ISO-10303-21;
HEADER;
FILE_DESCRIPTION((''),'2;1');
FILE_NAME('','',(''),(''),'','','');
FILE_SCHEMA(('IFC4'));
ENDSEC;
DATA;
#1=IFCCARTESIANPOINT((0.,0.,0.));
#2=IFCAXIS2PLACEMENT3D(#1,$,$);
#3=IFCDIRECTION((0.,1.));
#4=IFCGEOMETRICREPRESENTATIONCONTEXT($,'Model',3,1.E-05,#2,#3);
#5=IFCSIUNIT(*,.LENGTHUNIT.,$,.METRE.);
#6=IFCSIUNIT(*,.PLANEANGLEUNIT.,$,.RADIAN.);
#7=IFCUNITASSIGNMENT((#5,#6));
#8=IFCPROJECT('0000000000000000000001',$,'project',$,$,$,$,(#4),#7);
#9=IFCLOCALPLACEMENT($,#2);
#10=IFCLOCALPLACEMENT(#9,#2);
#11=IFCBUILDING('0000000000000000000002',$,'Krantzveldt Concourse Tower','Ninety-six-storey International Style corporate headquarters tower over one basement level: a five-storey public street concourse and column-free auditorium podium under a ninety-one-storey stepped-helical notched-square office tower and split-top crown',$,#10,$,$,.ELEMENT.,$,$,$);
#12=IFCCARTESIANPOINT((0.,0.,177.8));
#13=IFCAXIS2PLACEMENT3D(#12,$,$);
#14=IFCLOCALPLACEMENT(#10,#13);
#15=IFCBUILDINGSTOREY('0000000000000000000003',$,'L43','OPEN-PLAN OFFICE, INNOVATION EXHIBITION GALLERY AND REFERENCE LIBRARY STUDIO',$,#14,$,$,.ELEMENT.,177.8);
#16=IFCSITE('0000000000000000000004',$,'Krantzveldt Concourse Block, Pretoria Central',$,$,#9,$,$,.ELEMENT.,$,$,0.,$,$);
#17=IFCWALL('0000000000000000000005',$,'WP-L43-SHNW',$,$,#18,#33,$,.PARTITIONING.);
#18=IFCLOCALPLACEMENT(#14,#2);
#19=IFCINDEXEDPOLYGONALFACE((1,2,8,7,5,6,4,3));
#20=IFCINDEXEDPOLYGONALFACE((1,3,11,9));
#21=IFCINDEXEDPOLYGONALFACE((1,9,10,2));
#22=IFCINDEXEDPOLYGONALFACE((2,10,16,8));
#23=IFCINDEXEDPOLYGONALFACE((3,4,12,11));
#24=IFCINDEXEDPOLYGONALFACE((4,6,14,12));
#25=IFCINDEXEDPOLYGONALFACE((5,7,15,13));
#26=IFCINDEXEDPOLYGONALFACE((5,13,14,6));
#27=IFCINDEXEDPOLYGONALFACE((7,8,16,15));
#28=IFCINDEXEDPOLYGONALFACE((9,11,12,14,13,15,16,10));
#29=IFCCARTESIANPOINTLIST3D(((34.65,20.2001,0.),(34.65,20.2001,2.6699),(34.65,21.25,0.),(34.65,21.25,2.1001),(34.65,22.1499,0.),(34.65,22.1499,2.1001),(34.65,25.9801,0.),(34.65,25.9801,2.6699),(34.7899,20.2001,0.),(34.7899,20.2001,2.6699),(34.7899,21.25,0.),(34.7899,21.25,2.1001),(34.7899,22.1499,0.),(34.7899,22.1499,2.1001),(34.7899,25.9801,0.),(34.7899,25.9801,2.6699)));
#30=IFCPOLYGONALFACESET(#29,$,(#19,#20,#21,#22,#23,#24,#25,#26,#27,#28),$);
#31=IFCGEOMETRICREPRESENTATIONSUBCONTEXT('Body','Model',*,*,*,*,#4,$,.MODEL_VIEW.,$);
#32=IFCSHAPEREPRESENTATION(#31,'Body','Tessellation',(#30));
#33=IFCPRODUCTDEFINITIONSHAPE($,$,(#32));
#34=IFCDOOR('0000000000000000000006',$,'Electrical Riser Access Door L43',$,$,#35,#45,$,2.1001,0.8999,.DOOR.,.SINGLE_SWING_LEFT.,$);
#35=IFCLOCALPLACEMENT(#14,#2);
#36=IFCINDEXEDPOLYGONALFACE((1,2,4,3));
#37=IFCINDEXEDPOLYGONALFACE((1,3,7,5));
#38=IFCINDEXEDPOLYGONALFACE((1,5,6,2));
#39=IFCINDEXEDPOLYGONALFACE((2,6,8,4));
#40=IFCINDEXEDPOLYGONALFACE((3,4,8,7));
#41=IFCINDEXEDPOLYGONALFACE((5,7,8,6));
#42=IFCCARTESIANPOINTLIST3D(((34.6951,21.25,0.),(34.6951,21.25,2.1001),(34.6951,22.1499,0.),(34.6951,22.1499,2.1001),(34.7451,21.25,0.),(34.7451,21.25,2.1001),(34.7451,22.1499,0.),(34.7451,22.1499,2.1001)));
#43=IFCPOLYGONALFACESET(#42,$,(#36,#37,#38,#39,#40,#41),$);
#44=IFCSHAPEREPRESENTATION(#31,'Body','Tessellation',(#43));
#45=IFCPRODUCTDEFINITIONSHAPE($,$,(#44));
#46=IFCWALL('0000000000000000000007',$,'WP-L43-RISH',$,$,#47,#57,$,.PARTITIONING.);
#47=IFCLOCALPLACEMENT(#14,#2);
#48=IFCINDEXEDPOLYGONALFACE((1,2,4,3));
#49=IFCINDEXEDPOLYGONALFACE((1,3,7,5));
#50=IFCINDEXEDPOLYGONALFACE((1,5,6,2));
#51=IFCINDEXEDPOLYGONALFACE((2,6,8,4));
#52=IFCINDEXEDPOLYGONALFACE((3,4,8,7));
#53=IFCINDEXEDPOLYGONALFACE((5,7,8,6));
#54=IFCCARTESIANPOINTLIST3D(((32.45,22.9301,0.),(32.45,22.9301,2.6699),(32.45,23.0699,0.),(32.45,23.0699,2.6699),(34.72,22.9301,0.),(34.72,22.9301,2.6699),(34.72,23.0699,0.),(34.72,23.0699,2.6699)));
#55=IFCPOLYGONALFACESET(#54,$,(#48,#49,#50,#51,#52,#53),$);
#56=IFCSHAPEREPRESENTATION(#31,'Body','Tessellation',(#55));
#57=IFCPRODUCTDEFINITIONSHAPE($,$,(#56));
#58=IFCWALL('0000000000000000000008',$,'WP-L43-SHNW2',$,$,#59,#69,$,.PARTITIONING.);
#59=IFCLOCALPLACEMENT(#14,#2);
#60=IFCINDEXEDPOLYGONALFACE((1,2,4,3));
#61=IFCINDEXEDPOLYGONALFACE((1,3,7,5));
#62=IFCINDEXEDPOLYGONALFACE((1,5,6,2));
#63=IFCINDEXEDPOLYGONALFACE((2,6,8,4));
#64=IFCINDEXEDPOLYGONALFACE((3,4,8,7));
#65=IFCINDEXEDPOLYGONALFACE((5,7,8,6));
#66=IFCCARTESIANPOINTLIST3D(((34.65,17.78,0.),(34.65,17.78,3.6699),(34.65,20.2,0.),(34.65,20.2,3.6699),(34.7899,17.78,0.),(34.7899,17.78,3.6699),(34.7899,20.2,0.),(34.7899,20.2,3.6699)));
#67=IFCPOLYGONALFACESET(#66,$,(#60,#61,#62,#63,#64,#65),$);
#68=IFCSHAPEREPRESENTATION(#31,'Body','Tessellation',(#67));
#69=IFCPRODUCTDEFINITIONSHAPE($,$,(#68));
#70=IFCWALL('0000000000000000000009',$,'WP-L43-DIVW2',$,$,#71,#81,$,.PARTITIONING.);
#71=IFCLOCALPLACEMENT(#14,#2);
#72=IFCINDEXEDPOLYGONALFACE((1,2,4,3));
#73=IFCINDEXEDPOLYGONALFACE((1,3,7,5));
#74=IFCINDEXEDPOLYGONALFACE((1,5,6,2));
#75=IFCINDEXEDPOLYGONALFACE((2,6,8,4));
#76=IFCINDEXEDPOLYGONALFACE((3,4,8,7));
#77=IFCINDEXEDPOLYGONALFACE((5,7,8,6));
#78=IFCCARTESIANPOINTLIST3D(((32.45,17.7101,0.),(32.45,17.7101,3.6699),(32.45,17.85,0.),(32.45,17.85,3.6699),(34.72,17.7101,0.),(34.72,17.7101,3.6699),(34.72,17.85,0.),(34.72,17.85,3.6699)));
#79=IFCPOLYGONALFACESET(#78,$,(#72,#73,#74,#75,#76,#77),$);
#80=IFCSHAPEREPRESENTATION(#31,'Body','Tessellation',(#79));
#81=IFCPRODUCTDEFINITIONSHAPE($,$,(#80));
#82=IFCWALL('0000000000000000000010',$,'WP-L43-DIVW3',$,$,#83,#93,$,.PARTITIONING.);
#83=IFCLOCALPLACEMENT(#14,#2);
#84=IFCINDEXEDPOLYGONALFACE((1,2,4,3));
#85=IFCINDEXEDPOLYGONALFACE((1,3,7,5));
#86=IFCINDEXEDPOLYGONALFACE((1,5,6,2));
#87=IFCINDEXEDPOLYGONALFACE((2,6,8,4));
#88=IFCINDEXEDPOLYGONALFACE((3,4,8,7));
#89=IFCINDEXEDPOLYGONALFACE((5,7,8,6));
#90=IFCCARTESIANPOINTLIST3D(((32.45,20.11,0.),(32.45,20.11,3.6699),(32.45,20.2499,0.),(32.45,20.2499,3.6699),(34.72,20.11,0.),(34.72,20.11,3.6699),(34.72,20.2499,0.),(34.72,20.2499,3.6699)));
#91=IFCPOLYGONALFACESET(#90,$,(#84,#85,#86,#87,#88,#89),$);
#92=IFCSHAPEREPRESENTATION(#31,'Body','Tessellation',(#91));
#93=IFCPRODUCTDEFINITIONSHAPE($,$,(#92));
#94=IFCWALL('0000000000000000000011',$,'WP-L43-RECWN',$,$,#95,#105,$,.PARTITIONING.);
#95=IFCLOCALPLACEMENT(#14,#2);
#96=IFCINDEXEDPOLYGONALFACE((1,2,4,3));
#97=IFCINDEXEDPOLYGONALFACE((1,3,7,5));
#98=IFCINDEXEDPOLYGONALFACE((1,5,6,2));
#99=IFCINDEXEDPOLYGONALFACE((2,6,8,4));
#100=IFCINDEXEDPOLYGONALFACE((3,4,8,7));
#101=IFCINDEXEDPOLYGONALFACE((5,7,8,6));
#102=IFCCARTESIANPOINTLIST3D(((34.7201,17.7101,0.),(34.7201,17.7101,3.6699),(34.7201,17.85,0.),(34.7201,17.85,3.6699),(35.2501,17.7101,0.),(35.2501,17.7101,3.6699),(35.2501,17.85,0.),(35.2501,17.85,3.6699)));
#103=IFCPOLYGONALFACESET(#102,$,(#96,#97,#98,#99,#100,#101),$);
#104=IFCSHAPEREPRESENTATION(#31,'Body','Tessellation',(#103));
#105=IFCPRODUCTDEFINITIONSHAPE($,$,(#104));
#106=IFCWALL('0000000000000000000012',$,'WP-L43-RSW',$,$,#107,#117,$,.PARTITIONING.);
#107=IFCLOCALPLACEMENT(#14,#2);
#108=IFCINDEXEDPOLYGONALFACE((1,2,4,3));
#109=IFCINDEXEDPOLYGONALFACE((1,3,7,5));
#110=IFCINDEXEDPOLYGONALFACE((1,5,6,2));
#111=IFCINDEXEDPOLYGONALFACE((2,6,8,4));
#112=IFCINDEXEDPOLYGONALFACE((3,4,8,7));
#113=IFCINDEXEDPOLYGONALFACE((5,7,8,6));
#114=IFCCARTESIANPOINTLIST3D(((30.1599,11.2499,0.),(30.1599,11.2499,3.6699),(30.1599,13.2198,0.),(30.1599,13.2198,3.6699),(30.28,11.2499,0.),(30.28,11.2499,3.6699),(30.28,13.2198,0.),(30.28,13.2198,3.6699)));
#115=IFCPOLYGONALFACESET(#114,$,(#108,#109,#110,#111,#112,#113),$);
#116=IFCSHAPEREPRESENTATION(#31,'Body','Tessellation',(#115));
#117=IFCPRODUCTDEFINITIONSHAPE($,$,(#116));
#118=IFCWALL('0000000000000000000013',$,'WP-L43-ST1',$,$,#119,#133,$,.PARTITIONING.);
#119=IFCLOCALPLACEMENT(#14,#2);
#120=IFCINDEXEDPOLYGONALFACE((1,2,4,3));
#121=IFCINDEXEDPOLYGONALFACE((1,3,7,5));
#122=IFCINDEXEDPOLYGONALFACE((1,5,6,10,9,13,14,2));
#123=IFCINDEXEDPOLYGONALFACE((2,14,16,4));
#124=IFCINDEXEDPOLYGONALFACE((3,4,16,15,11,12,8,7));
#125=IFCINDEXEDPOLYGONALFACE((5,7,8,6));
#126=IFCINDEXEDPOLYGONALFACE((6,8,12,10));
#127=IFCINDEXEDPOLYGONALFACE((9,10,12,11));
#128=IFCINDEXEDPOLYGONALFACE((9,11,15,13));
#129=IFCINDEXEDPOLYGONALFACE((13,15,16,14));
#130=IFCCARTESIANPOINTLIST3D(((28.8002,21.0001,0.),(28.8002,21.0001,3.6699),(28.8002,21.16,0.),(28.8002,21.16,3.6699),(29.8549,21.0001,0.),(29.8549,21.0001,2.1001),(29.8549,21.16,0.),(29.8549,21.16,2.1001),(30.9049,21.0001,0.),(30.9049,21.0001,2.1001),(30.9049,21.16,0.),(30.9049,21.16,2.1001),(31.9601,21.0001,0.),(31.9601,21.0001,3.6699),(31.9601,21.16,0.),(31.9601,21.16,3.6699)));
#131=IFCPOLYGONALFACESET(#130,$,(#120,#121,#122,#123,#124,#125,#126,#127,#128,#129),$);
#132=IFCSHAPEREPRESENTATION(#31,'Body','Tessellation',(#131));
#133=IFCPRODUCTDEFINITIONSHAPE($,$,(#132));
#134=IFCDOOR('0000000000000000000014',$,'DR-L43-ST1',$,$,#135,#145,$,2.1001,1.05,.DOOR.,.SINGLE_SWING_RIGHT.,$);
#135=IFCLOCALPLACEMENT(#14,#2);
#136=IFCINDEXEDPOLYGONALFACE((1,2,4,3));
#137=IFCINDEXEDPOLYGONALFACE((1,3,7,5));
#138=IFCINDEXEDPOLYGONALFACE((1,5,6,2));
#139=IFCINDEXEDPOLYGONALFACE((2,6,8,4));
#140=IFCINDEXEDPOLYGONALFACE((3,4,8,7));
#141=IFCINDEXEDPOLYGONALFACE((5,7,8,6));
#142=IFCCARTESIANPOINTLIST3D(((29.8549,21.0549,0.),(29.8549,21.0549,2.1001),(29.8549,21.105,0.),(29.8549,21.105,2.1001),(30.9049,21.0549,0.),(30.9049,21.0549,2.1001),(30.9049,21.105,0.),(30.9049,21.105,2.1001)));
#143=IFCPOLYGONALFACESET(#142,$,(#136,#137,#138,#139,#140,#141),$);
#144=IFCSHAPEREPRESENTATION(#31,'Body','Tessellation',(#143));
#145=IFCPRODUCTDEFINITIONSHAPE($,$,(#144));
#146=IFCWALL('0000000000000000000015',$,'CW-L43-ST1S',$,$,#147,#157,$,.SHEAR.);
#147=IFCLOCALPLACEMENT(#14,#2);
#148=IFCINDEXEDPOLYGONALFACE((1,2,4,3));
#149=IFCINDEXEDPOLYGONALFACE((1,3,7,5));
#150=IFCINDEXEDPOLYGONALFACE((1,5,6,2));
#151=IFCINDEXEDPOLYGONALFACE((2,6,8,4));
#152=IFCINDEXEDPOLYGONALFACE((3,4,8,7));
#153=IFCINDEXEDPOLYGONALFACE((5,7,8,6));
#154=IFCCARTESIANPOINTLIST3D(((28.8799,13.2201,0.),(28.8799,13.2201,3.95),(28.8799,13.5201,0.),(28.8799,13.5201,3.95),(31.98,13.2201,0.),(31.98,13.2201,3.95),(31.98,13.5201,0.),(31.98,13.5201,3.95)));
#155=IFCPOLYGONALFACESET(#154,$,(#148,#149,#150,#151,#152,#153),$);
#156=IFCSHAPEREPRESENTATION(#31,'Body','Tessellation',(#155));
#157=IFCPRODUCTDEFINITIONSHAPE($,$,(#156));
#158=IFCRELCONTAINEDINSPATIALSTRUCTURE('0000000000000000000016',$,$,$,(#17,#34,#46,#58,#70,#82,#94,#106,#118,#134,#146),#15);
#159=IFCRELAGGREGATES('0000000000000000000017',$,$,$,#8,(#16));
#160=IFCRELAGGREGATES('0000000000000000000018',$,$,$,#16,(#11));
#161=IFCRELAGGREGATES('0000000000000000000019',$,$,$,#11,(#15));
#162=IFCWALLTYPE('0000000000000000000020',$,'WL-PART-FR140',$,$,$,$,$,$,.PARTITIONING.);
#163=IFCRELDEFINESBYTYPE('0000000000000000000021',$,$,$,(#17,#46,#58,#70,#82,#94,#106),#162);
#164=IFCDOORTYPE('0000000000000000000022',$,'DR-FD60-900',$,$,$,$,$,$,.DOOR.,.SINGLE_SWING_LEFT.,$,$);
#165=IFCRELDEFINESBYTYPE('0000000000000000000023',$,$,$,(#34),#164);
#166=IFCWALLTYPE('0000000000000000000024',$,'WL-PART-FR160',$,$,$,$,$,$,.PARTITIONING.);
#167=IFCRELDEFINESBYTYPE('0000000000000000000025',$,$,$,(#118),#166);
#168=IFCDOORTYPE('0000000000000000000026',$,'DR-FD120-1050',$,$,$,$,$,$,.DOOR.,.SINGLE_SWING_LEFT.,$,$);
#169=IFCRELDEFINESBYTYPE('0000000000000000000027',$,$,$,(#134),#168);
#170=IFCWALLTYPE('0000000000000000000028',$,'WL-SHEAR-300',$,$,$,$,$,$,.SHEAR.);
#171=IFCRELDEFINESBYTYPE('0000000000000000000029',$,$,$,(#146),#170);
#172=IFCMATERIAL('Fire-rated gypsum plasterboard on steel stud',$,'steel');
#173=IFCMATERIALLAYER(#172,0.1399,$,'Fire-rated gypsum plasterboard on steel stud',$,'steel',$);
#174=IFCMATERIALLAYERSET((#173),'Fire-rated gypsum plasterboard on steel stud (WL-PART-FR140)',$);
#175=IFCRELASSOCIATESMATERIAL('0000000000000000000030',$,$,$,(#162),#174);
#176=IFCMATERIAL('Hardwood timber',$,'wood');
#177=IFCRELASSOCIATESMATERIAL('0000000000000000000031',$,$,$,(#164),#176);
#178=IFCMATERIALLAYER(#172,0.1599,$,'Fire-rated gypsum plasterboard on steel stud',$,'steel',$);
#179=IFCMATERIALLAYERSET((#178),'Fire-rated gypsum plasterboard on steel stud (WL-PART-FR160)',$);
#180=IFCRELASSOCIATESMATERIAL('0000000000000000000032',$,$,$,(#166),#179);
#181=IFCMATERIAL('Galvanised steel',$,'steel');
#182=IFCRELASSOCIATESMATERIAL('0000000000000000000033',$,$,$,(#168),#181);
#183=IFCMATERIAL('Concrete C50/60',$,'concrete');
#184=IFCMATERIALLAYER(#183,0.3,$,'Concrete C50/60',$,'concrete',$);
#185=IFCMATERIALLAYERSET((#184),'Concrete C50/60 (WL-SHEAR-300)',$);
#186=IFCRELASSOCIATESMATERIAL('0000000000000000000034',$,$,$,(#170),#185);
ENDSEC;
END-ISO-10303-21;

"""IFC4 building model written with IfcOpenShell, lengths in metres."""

from ifc_helpers import new_model, si_unit, direction, frame, frame_2d, origin, place, context, subcontext, project, spatial, rectangle, extrude, material, layer, layer_set, type_object, element, fill, save


model = new_model("IFC4")

# Units and contexts
model_context = context("Model", 3, precision=1e-05, world=origin(), true_north=direction((0.0, 1.0)))
body_context = subcontext(model_context, "Body", "Model", "MODEL_VIEW")
ifc_project = project(units=[si_unit("LENGTHUNIT", "METRE"), si_unit("PLANEANGLEUNIT", "RADIAN")], contexts=[model_context])

# Site, building, storey
site_placement = place(None, origin())
site = spatial("IfcSite", under=ifc_project, at=site_placement, Name="Krantzveldt Concourse Block, Pretoria Central", CompositionType="ELEMENT", RefElevation=0.0)
building_placement = place(site_placement, origin())
building = spatial("IfcBuilding", under=site, at=building_placement, Name="Krantzveldt Concourse Tower", Description="Ninety-six-storey International Style corporate headquarters tower over one basement level: a five-storey public street concourse and column-free auditorium podium under a ninety-one-storey stepped-helical notched-square office tower and split-top crown", CompositionType="ELEMENT")
storey_placement = place(building_placement, frame((0.0, 0.0, 177.8)))
storey = spatial("IfcBuildingStorey", under=building, at=storey_placement, Name="L43", Description="OPEN-PLAN OFFICE, INNOVATION EXHIBITION GALLERY AND REFERENCE LIBRARY STUDIO", CompositionType="ELEMENT", Elevation=177.8)

# Shared definitions
ifc_material_1 = material(Name="Concrete C50/60", Category="concrete")

# Wall, opening, door
ifc_material_2 = material(Name="Fire-rated gypsum plasterboard on steel stud", Category="steel")
ifc_material_3 = material(Name="Hardwood timber", Category="wood")
ifc_layer_1 = layer(ifc_material_2, 0.1399, Name="Fire-rated gypsum plasterboard on steel stud", Category="steel")
ifc_layer_set_1 = layer_set([ifc_layer_1], Name="Fire-rated gypsum plasterboard on steel stud (WL-PART-FR140)")
wall_type_1 = type_object("IfcWallType", Name="WL-PART-FR140", PredefinedType="PARTITIONING", material=ifc_layer_set_1)
wall_1_placement = place(storey_placement, frame((34.72, 20.2, 0.0), z_axis=(0.0, 0.0, 1.0), x_axis=(0.0, 1.0, 0.0)))
wall_1 = element("IfcWall", 1, at=wall_1_placement, inside=storey, type_object=wall_type_1, Name="WP-L43-SHNW", PredefinedType="PARTITIONING", context=body_context, shape_type="SweptSolid", body=[
    extrude(rectangle(XDim=5.78, YDim=0.1399, at=frame_2d((2.8901, 0.0))), origin(), (0.0, 0.0, 1.0), 2.6699),
])
opening_1_placement = place(wall_1_placement, frame((1.05, 0.0, 0.0)))
opening_1 = element("IfcOpeningElement", 2, at=opening_1_placement, cuts=wall_1, PredefinedType="OPENING", context=body_context, shape_type="SweptSolid", body=[
    extrude(rectangle(XDim=0.8999, YDim=2.1001, at=frame_2d((0.45, 1.05))), frame((0.0, 0.0801, 0.0), z_axis=(0.0, -1.0, 0.0), x_axis=(1.0, 0.0, 0.0)), (0.0, 0.0, 1.0), 0.1599),
])
door_type_1 = type_object("IfcDoorType", Name="DR-FD60-900", OperationType="SINGLE_SWING_LEFT", PredefinedType="DOOR", material=ifc_material_3)
door_1_placement = place(opening_1_placement, origin())
door_1 = element("IfcDoor", 3, at=door_1_placement, inside=storey, type_object=door_type_1, Name="Electrical Riser Access Door L43", OperationType="SINGLE_SWING_LEFT", OverallHeight=2.1001, OverallWidth=0.8999, PredefinedType="DOOR", context=body_context, shape_type="SweptSolid", body=[
    extrude(rectangle(XDim=0.8999, YDim=2.1001, at=frame_2d((0.45, 1.05))), frame((0.0, 0.0249, 0.0), z_axis=(0.0, -1.0, 0.0), x_axis=(1.0, 0.0, 0.0)), (0.0, 0.0, 1.0), 0.05),
])
fill(opening_1, door_1)

# Walls
wall_2_placement = place(storey_placement, frame((32.45, 23.0, 0.0), z_axis=(0.0, 0.0, 1.0), x_axis=(1.0, 0.0, 0.0)))
element("IfcWall", 4, at=wall_2_placement, inside=storey, type_object=wall_type_1, Name="WP-L43-RISH", PredefinedType="PARTITIONING", context=body_context, shape_type="SweptSolid", body=[
    extrude(rectangle(XDim=2.27, YDim=0.1399, at=frame_2d((1.135, 0.0))), origin(), (0.0, 0.0, 1.0), 2.6699),
])
wall_3_placement = place(storey_placement, frame((34.72, 17.78, 0.0), z_axis=(0.0, 0.0, 1.0), x_axis=(0.0, 1.0, 0.0)))
element("IfcWall", 5, at=wall_3_placement, inside=storey, type_object=wall_type_1, Name="WP-L43-SHNW2", PredefinedType="PARTITIONING", context=body_context, shape_type="SweptSolid", body=[
    extrude(rectangle(XDim=2.4199, YDim=0.1399, at=frame_2d((1.21, 0.0))), origin(), (0.0, 0.0, 1.0), 3.6699),
])
for number, where, z_axis, x_axis, name in (
    (6, (32.45, 17.78, 0.0), (0.0, 0.0, 1.0), (1.0, 0.0, 0.0), "WP-L43-DIVW2"),
    (7, (32.45, 20.1799, 0.0), (0.0, 0.0, 1.0), (1.0, 0.0, 0.0), "WP-L43-DIVW3"),
):
    element("IfcWall", number, at=place(storey_placement, frame(where, z_axis=z_axis, x_axis=x_axis)), inside=storey, type_object=wall_type_1, Name=name, PredefinedType="PARTITIONING", context=body_context, shape_type="SweptSolid", body=[
        extrude(rectangle(XDim=2.27, YDim=0.1399, at=frame_2d((1.135, 0.0))), origin(), (0.0, 0.0, 1.0), 3.6699),
    ])
wall_4_placement = place(storey_placement, frame((34.72, 17.78, 0.0), z_axis=(0.0, 0.0, 1.0), x_axis=(1.0, 0.0, 0.0)))
element("IfcWall", 8, at=wall_4_placement, inside=storey, type_object=wall_type_1, Name="WP-L43-RECWN", PredefinedType="PARTITIONING", context=body_context, shape_type="SweptSolid", body=[
    extrude(rectangle(XDim=0.53, YDim=0.1399, at=frame_2d((0.2651, 0.0))), origin(), (0.0, 0.0, 1.0), 3.6699),
])
wall_5_placement = place(storey_placement, frame((30.22, 11.25, 0.0), z_axis=(0.0, 0.0, 1.0), x_axis=(0.0, 1.0, 0.0)))
element("IfcWall", 9, at=wall_5_placement, inside=storey, type_object=wall_type_1, Name="WP-L43-RSW", PredefinedType="PARTITIONING", context=body_context, shape_type="SweptSolid", body=[
    extrude(rectangle(XDim=1.97, YDim=0.1201, at=frame_2d((0.9849, 0.0))), origin(), (0.0, 0.0, 1.0), 3.6699),
])

# Wall, opening, door
ifc_layer_2 = layer(ifc_material_2, 0.1599, Name="Fire-rated gypsum plasterboard on steel stud", Category="steel")
ifc_layer_set_2 = layer_set([ifc_layer_2], Name="Fire-rated gypsum plasterboard on steel stud (WL-PART-FR160)")
wall_type_2 = type_object("IfcWallType", Name="WL-PART-FR160", PredefinedType="PARTITIONING", material=ifc_layer_set_2)
wall_6_placement = place(storey_placement, frame((28.8, 21.0801, 0.0), z_axis=(0.0, 0.0, 1.0), x_axis=(1.0, 0.0, 0.0)))
wall_6 = element("IfcWall", 10, at=wall_6_placement, inside=storey, type_object=wall_type_2, Name="WP-L43-ST1", PredefinedType="PARTITIONING", context=body_context, shape_type="SweptSolid", body=[
    extrude(rectangle(XDim=3.1599, YDim=0.1599, at=frame_2d((1.5801, 0.0))), origin(), (0.0, 0.0, 1.0), 3.6699),
])
opening_2_placement = place(wall_6_placement, frame((1.0549, 0.0, 0.0)))
opening_2 = element("IfcOpeningElement", 11, at=opening_2_placement, cuts=wall_6, PredefinedType="OPENING", context=body_context, shape_type="SweptSolid", body=[
    extrude(rectangle(XDim=1.05, YDim=2.1001, at=frame_2d((0.5249, 1.05))), frame((0.0, 0.0898, 0.0), z_axis=(0.0, -1.0, 0.0), x_axis=(1.0, 0.0, 0.0)), (0.0, 0.0, 1.0), 0.1799),
])
ifc_material_4 = material(Name="Galvanised steel", Category="steel")
door_type_2 = type_object("IfcDoorType", Name="DR-FD120-1050", OperationType="SINGLE_SWING_LEFT", PredefinedType="DOOR", material=ifc_material_4)
door_2_placement = place(opening_2_placement, origin())
door_2 = element("IfcDoor", 12, at=door_2_placement, inside=storey, type_object=door_type_2, Name="DR-L43-ST1", OperationType="SINGLE_SWING_RIGHT", OverallHeight=2.1001, OverallWidth=1.05, PredefinedType="DOOR", context=body_context, shape_type="SweptSolid", body=[
    extrude(rectangle(XDim=1.05, YDim=2.1001, at=frame_2d((0.5249, 1.05))), frame((0.0, 0.0249, 0.0), z_axis=(0.0, -1.0, 0.0), x_axis=(1.0, 0.0, 0.0)), (0.0, 0.0, 1.0), 0.05),
])
fill(opening_2, door_2)

# Wall
ifc_layer_3 = layer(ifc_material_1, 0.3, Name="Concrete C50/60", Category="concrete")
ifc_layer_set_3 = layer_set([ifc_layer_3], Name="Concrete C50/60 (WL-SHEAR-300)")
wall_type_3 = type_object("IfcWallType", Name="WL-SHEAR-300", PredefinedType="SHEAR", material=ifc_layer_set_3)
wall_7_placement = place(storey_placement, frame((28.8799, 13.3701, 0.0), z_axis=(0.0, 0.0, 1.0), x_axis=(1.0, 0.0, 0.0)))
element("IfcWall", 13, at=wall_7_placement, inside=storey, type_object=wall_type_3, Name="CW-L43-ST1S", PredefinedType="SHEAR", context=body_context, shape_type="SweptSolid", body=[
    extrude(rectangle(XDim=3.1001, YDim=0.3, at=frame_2d((1.55, 0.0))), origin(), (0.0, 0.0, 1.0), 3.95),
])

save(model, "model.ifc")
